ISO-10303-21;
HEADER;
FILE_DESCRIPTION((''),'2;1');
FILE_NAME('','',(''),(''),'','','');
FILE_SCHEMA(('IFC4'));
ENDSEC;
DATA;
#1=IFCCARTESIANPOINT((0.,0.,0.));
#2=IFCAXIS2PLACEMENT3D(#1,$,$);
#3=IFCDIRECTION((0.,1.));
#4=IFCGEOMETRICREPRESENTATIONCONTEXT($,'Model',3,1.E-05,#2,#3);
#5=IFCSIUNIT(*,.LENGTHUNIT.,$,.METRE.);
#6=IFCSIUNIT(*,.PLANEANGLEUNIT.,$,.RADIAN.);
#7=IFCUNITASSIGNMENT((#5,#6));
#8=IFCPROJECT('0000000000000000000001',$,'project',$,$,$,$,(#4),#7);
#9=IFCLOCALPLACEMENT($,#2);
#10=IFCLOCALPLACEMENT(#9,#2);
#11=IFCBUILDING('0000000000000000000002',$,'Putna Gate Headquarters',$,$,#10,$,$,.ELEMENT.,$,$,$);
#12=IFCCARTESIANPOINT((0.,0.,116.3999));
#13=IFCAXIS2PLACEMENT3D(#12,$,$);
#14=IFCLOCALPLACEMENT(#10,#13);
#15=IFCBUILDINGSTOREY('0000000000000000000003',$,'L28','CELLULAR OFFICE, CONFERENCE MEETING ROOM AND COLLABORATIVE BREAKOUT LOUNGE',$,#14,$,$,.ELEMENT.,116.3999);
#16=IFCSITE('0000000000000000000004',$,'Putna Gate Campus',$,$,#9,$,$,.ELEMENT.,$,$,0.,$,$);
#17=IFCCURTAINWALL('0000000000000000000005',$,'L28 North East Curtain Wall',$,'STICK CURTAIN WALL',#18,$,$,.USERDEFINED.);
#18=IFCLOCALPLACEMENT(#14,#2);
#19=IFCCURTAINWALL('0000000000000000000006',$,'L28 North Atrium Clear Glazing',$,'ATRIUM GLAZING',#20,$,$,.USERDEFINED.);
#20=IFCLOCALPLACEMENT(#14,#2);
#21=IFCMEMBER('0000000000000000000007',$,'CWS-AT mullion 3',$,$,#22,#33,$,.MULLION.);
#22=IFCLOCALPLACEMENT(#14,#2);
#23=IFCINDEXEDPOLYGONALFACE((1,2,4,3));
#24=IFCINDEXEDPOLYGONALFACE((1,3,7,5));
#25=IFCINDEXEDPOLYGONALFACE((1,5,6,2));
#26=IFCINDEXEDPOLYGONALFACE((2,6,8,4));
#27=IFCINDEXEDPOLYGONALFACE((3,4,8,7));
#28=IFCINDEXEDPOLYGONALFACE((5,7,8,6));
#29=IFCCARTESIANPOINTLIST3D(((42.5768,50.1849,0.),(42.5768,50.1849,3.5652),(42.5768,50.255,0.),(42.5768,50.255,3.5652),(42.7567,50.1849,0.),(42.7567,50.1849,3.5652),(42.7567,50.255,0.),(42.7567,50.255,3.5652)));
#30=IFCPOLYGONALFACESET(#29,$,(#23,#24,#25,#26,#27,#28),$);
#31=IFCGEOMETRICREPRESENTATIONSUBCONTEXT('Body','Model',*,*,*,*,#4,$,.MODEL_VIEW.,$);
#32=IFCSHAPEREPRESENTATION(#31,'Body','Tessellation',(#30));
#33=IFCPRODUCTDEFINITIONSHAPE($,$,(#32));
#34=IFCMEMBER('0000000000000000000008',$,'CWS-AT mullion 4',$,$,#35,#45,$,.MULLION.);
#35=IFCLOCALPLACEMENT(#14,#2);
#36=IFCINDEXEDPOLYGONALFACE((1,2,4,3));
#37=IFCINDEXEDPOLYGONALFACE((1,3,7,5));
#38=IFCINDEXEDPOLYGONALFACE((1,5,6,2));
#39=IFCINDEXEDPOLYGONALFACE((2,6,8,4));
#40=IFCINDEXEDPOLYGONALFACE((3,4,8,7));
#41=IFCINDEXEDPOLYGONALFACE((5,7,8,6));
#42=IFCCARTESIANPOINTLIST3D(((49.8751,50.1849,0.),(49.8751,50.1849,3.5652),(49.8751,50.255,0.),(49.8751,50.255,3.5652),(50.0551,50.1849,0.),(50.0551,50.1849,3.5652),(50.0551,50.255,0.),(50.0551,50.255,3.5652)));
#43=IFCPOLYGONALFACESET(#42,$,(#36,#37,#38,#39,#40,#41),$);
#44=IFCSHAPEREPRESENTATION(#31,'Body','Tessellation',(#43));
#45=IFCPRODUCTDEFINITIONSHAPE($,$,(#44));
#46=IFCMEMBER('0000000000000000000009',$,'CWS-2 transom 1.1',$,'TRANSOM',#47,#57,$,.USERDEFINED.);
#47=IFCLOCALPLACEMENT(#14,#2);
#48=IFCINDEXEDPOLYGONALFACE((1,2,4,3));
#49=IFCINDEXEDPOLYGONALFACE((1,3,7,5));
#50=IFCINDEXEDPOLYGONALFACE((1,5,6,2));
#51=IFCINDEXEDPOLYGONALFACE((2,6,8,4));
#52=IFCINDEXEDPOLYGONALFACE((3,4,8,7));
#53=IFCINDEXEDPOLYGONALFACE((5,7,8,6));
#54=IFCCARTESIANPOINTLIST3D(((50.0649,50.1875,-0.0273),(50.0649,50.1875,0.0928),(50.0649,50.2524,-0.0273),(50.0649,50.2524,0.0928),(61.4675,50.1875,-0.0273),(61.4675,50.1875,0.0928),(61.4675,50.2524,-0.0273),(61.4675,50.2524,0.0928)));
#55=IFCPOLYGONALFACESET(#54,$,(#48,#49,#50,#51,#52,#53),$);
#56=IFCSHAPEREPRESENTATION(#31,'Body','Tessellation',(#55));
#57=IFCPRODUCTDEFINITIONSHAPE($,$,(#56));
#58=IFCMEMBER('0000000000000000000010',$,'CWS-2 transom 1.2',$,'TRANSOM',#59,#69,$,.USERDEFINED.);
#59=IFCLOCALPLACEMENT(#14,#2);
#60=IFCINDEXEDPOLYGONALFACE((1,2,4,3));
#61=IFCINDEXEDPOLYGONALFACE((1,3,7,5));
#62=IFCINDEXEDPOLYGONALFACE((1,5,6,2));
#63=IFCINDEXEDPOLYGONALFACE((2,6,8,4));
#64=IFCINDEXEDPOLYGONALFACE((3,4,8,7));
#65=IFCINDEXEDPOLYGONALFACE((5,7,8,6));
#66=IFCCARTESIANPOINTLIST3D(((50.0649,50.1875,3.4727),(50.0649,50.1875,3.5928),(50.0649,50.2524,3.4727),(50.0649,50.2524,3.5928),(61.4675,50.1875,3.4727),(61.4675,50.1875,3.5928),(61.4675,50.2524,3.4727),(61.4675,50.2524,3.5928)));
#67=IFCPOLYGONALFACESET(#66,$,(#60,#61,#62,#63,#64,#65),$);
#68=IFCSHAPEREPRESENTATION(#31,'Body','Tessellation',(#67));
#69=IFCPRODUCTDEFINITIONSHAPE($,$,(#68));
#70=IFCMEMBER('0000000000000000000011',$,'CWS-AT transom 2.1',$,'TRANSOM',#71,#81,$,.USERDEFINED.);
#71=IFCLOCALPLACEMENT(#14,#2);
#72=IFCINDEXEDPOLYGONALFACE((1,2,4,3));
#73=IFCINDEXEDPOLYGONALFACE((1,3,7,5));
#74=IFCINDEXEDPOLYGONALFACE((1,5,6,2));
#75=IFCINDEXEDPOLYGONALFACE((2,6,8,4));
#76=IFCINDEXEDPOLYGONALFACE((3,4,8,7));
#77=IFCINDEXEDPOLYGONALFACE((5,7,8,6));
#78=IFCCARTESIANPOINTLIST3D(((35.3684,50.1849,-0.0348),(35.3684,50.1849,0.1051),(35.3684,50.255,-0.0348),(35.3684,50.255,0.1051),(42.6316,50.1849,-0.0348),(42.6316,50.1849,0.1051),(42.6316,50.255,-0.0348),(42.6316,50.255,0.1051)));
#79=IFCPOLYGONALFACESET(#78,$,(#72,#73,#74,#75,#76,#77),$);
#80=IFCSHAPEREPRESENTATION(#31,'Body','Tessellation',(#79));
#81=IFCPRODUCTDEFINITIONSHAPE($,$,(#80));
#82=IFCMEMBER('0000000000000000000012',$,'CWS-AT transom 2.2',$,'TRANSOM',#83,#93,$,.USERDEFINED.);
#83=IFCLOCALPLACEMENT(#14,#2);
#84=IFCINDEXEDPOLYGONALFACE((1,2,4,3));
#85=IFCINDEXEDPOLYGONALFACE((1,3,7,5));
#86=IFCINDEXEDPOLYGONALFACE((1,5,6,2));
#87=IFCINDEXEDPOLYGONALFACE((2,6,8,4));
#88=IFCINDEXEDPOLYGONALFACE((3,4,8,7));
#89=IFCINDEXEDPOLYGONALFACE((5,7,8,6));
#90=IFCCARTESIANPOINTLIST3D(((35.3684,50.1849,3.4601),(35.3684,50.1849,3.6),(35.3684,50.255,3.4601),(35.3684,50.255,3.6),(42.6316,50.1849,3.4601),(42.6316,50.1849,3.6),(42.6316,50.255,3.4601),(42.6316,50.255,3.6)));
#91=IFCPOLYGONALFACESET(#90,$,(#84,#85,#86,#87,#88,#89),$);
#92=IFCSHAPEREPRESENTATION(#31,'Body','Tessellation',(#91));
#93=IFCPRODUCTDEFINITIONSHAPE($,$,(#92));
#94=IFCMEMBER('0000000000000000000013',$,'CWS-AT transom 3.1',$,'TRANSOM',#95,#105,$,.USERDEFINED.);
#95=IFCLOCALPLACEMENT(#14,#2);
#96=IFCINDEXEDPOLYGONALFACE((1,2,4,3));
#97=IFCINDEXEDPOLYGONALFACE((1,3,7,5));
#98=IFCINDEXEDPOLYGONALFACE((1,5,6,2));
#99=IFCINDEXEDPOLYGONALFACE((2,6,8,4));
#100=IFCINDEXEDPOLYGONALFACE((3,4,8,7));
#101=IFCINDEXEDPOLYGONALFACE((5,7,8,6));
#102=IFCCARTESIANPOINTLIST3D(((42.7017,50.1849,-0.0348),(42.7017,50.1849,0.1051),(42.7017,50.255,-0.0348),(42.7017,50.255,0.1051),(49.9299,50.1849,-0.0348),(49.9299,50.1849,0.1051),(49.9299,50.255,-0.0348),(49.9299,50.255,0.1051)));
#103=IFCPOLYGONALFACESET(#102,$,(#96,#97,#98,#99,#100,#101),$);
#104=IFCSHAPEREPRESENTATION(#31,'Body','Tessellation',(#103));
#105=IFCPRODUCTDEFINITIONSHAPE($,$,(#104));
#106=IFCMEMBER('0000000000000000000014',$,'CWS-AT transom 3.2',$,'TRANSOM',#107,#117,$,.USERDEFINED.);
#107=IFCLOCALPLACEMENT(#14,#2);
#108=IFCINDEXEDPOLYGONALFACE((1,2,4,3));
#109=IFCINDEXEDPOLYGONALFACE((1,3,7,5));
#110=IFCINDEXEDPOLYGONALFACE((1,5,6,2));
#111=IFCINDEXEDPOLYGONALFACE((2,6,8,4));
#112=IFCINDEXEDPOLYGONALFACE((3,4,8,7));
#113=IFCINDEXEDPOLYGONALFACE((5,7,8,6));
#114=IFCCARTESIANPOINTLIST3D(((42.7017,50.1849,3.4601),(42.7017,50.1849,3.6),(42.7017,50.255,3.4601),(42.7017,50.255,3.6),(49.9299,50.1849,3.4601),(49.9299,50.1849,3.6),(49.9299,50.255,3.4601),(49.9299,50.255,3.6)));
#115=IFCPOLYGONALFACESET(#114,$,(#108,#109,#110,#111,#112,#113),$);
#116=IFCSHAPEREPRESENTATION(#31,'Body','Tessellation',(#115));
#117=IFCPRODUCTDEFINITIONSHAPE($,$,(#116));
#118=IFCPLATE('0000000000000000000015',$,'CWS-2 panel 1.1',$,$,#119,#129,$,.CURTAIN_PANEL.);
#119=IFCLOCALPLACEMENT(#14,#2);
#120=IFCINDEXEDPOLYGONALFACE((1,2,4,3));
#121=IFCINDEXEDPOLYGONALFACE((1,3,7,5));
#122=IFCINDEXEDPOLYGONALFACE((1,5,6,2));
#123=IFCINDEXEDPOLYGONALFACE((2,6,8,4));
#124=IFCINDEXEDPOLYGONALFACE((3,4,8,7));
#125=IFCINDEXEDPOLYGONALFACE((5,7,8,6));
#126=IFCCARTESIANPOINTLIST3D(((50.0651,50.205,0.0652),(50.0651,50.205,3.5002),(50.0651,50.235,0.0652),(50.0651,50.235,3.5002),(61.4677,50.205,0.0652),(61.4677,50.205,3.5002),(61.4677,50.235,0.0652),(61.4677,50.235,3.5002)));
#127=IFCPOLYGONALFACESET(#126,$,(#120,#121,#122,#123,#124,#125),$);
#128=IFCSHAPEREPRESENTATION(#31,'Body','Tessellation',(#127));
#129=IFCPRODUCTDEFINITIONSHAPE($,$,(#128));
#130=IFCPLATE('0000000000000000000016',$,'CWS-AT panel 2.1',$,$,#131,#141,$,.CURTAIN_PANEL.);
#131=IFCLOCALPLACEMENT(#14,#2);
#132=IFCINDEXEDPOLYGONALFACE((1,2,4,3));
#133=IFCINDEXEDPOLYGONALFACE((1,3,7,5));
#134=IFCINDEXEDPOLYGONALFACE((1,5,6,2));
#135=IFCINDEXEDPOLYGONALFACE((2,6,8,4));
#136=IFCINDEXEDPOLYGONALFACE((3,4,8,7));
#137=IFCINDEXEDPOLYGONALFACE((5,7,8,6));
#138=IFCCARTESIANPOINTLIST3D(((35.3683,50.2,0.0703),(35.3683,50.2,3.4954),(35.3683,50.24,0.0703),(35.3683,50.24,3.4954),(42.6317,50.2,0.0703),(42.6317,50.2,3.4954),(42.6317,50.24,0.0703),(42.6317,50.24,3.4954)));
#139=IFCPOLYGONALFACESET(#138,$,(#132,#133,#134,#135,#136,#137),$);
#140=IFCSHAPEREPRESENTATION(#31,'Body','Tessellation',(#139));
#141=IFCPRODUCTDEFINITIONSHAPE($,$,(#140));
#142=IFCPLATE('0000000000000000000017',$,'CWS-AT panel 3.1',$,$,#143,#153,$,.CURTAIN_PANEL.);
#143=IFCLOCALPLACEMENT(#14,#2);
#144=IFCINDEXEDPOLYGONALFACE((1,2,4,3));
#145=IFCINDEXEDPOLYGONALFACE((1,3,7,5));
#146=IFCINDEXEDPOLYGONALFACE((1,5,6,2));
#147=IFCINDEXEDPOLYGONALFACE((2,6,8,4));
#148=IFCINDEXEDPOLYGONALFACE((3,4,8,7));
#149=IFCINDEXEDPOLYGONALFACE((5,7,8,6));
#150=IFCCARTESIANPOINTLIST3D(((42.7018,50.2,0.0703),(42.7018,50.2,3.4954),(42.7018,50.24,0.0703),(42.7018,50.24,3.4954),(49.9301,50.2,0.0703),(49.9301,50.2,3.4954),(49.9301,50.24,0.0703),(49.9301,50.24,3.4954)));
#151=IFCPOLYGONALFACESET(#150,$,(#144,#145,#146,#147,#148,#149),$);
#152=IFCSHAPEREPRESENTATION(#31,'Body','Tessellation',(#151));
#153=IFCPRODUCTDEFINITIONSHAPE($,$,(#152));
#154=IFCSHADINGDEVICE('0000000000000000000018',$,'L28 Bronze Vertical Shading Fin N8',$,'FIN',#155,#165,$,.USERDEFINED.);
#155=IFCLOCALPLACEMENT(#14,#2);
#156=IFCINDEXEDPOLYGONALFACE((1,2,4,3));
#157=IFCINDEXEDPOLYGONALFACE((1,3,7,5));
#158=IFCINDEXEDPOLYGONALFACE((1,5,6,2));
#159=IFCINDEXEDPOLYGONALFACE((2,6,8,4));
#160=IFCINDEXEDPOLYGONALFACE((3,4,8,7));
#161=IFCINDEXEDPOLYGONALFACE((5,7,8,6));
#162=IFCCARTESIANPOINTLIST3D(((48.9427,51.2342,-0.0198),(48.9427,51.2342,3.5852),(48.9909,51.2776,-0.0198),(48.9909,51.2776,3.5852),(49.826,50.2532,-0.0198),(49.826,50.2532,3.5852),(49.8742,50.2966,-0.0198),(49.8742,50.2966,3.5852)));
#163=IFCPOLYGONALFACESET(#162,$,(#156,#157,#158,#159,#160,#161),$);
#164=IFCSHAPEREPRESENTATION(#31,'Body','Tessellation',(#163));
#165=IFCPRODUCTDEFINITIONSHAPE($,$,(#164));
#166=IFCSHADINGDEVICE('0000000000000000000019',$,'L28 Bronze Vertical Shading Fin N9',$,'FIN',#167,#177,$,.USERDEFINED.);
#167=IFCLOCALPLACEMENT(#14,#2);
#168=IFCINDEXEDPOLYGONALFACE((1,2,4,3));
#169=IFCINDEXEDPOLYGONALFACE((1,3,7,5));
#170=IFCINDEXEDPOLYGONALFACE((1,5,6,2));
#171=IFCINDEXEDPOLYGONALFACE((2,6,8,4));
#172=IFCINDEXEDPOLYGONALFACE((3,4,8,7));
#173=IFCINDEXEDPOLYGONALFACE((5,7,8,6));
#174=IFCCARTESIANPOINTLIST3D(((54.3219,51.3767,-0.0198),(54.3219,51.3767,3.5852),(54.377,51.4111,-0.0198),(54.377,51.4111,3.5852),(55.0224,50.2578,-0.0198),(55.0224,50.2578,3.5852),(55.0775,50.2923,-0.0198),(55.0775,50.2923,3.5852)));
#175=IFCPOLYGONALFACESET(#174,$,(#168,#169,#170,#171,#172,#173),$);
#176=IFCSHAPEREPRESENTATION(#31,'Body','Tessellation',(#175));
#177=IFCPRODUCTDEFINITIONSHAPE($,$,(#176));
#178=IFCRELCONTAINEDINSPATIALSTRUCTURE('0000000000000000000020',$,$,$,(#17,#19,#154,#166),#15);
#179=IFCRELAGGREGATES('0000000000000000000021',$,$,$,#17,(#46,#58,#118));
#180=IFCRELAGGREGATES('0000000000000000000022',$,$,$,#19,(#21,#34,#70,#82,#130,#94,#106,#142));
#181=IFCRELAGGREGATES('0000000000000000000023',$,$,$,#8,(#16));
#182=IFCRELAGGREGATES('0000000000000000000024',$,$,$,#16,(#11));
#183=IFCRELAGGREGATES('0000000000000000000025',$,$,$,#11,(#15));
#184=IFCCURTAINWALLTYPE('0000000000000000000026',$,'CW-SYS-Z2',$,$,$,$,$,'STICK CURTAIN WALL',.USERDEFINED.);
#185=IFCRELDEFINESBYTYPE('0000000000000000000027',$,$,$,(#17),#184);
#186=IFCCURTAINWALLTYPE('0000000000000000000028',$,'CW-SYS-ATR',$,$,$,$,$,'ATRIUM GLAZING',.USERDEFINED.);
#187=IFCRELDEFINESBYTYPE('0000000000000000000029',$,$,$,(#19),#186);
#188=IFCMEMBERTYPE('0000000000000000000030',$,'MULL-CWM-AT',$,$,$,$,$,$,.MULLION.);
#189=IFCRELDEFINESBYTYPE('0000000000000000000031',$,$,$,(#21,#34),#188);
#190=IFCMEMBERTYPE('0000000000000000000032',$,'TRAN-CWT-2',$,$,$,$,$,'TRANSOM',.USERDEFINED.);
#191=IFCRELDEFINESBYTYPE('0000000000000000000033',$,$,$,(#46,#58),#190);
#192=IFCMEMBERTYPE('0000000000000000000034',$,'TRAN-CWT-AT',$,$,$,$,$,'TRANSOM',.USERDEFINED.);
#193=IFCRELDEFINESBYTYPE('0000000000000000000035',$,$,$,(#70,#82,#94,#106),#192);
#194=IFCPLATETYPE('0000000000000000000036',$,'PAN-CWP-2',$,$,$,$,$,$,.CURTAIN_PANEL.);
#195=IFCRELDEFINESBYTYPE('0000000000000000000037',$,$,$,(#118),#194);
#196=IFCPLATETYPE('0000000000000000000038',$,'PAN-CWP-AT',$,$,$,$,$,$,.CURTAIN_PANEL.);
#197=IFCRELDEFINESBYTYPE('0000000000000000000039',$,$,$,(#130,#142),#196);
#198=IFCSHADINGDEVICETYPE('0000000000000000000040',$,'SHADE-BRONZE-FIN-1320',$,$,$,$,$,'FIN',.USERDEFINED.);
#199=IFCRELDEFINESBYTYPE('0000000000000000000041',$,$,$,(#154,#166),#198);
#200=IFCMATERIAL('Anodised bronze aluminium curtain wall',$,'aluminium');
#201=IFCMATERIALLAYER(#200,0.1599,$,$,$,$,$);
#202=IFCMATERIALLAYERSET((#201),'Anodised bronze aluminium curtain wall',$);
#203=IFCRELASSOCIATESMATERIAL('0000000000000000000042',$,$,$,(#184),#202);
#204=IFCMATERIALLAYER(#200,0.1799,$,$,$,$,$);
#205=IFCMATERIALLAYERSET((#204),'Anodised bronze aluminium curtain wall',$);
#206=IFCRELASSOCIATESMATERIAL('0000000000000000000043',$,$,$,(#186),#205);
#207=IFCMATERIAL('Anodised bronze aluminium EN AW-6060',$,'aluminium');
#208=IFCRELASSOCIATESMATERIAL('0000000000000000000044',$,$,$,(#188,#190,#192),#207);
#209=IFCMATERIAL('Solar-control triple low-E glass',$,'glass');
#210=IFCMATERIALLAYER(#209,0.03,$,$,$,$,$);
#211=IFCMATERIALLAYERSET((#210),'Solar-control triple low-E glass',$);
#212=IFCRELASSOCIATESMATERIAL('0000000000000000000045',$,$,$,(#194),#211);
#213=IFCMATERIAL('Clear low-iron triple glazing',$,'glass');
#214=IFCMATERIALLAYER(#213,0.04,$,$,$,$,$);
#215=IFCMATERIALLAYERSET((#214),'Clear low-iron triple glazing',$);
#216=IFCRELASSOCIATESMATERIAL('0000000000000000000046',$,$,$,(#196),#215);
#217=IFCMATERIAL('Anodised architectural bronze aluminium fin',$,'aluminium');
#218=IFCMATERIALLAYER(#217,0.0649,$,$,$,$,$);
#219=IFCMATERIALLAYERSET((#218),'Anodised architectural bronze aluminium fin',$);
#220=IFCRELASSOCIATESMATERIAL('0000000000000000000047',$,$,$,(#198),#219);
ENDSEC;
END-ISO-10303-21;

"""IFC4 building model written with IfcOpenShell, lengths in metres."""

from ifc_helpers import new_model, si_unit, direction, frame, origin, origin_2d, place, context, subcontext, project, spatial, rectangle, extrude, material, layer, layer_set, material_profile, profile_set, type_object, element, aggregate, save


model = new_model("IFC4")

# Units and contexts
model_context = context("Model", 3, precision=1e-05, world=origin(), true_north=direction((0.0, 1.0)))
body_context = subcontext(model_context, "Body", "Model", "MODEL_VIEW")
ifc_project = project(units=[si_unit("LENGTHUNIT", "METRE"), si_unit("PLANEANGLEUNIT", "RADIAN")], contexts=[model_context])

# Site, building, storey
site_placement = place(None, origin())
site = spatial("IfcSite", under=ifc_project, at=site_placement, Name="Putna Gate Campus", CompositionType="ELEMENT", RefElevation=0.0)
building_placement = place(site_placement, origin())
building = spatial("IfcBuilding", under=site, at=building_placement, Name="Putna Gate Headquarters", CompositionType="ELEMENT")
storey_placement = place(building_placement, frame((0.0, 0.0, 116.3999)))
storey = spatial("IfcBuildingStorey", under=building, at=storey_placement, Name="L28", Description="CELLULAR OFFICE, CONFERENCE MEETING ROOM AND COLLABORATIVE BREAKOUT LOUNGE", CompositionType="ELEMENT", Elevation=116.3999)

# Curtain wall
ifc_material_1 = material(Name="Anodised bronze aluminium curtain wall", Category="aluminium")
ifc_layer_1 = layer(ifc_material_1, 0.1599)
ifc_layer_set_1 = layer_set([ifc_layer_1], Name="Anodised bronze aluminium curtain wall")
curtain_wall_type_1 = type_object("IfcCurtainWallType", Name="CW-SYS-Z2", ElementType="STICK CURTAIN WALL", PredefinedType="USERDEFINED", material=ifc_layer_set_1)
curtain_wall_1_placement = place(storey_placement, origin())
curtain_wall_1 = element("IfcCurtainWall", 1, at=curtain_wall_1_placement, inside=storey, type_object=curtain_wall_type_1, Name="L28 North East Curtain Wall", ObjectType="STICK CURTAIN WALL", PredefinedType="USERDEFINED")
ifc_material_2 = material(Name="Anodised bronze aluminium EN AW-6060", Category="aluminium")

# Curtain wall, members
ifc_layer_2 = layer(ifc_material_1, 0.1799)
ifc_layer_set_2 = layer_set([ifc_layer_2], Name="Anodised bronze aluminium curtain wall")
curtain_wall_type_2 = type_object("IfcCurtainWallType", Name="CW-SYS-ATR", ElementType="ATRIUM GLAZING", PredefinedType="USERDEFINED", material=ifc_layer_set_2)
curtain_wall_2_placement = place(storey_placement, origin())
curtain_wall_2 = element("IfcCurtainWall", 2, at=curtain_wall_2_placement, inside=storey, type_object=curtain_wall_type_2, Name="L28 North Atrium Clear Glazing", ObjectType="ATRIUM GLAZING", PredefinedType="USERDEFINED")
ifc_material_profile_1 = material_profile(ifc_material_2, rectangle(XDim=0.0701, YDim=0.1799, at=origin_2d()), Name="Anodised bronze aluminium EN AW-6060")
ifc_profile_set_1 = profile_set([ifc_material_profile_1], Name="Anodised bronze aluminium EN AW-6060")
member_type_1 = type_object("IfcMemberType", Name="MULL-CWM-AT", PredefinedType="MULLION", material=ifc_profile_set_1)
member_1_placement = place(storey_placement, frame((42.6667, 50.22, 0.0), z_axis=(0.0, 0.0, 1.0), x_axis=(0.0, 1.0, 0.0)))
member_1 = element("IfcMember", 3, at=member_1_placement, type_object=member_type_1, Name="CWS-AT mullion 3", PredefinedType="MULLION", context=body_context, shape_type="SweptSolid", body=[
    extrude(rectangle(XDim=0.0701, YDim=0.1799, at=origin_2d()), origin(), (0.0, 0.0, 1.0), 3.5652),
])
member_2_placement = place(storey_placement, frame((49.9651, 50.22, 0.0), z_axis=(0.0, 0.0, 1.0), x_axis=(0.0, 1.0, 0.0)))
member_2 = element("IfcMember", 4, at=member_2_placement, type_object=member_type_1, Name="CWS-AT mullion 4", PredefinedType="MULLION", context=body_context, shape_type="SweptSolid", body=[
    extrude(rectangle(XDim=0.0701, YDim=0.1799, at=origin_2d()), origin(), (0.0, 0.0, 1.0), 3.5652),
])

# Members
ifc_material_profile_2 = material_profile(ifc_material_2, rectangle(XDim=0.0649, YDim=0.1201, at=origin_2d()), Name="Anodised bronze aluminium EN AW-6060")
ifc_profile_set_2 = profile_set([ifc_material_profile_2], Name="Anodised bronze aluminium EN AW-6060")
member_type_2 = type_object("IfcMemberType", Name="TRAN-CWT-2", ElementType="TRANSOM", PredefinedType="USERDEFINED", material=ifc_profile_set_2)
member_3_placement = place(storey_placement, frame((50.0649, 50.22, 0.0327), z_axis=(1.0, 0.0, 0.0), x_axis=(0.0, 1.0, 0.0)))
member_3 = element("IfcMember", 5, at=member_3_placement, type_object=member_type_2, Name="CWS-2 transom 1.1", ObjectType="TRANSOM", PredefinedType="USERDEFINED", context=body_context, shape_type="SweptSolid", body=[
    extrude(rectangle(XDim=0.0649, YDim=0.1201, at=origin_2d()), origin(), (0.0, 0.0, 1.0), 11.4026),
])
member_4_placement = place(storey_placement, frame((50.0649, 50.22, 3.5327), z_axis=(1.0, 0.0, 0.0), x_axis=(0.0, 1.0, 0.0)))
member_4 = element("IfcMember", 6, at=member_4_placement, type_object=member_type_2, Name="CWS-2 transom 1.2", ObjectType="TRANSOM", PredefinedType="USERDEFINED", context=body_context, shape_type="SweptSolid", body=[
    extrude(rectangle(XDim=0.0649, YDim=0.1201, at=origin_2d()), origin(), (0.0, 0.0, 1.0), 11.4026),
])
ifc_material_profile_3 = material_profile(ifc_material_2, rectangle(XDim=0.0701, YDim=0.1399, at=origin_2d()), Name="Anodised bronze aluminium EN AW-6060")
ifc_profile_set_3 = profile_set([ifc_material_profile_3], Name="Anodised bronze aluminium EN AW-6060")
member_type_3 = type_object("IfcMemberType", Name="TRAN-CWT-AT", ElementType="TRANSOM", PredefinedType="USERDEFINED", material=ifc_profile_set_3)
member_5_placement = place(storey_placement, frame((35.3684, 50.22, 0.0352), z_axis=(1.0, 0.0, 0.0), x_axis=(0.0, 1.0, 0.0)))
member_5 = element("IfcMember", 7, at=member_5_placement, type_object=member_type_3, Name="CWS-AT transom 2.1", ObjectType="TRANSOM", PredefinedType="USERDEFINED", context=body_context, shape_type="SweptSolid", body=[
    extrude(rectangle(XDim=0.0701, YDim=0.1399, at=origin_2d()), origin(), (0.0, 0.0, 1.0), 7.2632),
])
member_6_placement = place(storey_placement, frame((35.3684, 50.22, 3.53), z_axis=(1.0, 0.0, 0.0), x_axis=(0.0, 1.0, 0.0)))
member_6 = element("IfcMember", 8, at=member_6_placement, type_object=member_type_3, Name="CWS-AT transom 2.2", ObjectType="TRANSOM", PredefinedType="USERDEFINED", context=body_context, shape_type="SweptSolid", body=[
    extrude(rectangle(XDim=0.0701, YDim=0.1399, at=origin_2d()), origin(), (0.0, 0.0, 1.0), 7.2632),
])
member_7_placement = place(storey_placement, frame((42.7017, 50.22, 0.0352), z_axis=(1.0, 0.0, 0.0), x_axis=(0.0, 1.0, 0.0)))
member_7 = element("IfcMember", 9, at=member_7_placement, type_object=member_type_3, Name="CWS-AT transom 3.1", ObjectType="TRANSOM", PredefinedType="USERDEFINED", context=body_context, shape_type="SweptSolid", body=[
    extrude(rectangle(XDim=0.0701, YDim=0.1399, at=origin_2d()), origin(), (0.0, 0.0, 1.0), 7.2283),
])
member_8_placement = place(storey_placement, frame((42.7017, 50.22, 3.53), z_axis=(1.0, 0.0, 0.0), x_axis=(0.0, 1.0, 0.0)))
member_8 = element("IfcMember", 10, at=member_8_placement, type_object=member_type_3, Name="CWS-AT transom 3.2", ObjectType="TRANSOM", PredefinedType="USERDEFINED", context=body_context, shape_type="SweptSolid", body=[
    extrude(rectangle(XDim=0.0701, YDim=0.1399, at=origin_2d()), origin(), (0.0, 0.0, 1.0), 7.2283),
])

# Plates
ifc_material_3 = material(Name="Solar-control triple low-E glass", Category="glass")
ifc_layer_3 = layer(ifc_material_3, 0.03)
ifc_layer_set_3 = layer_set([ifc_layer_3], Name="Solar-control triple low-E glass")
plate_type_1 = type_object("IfcPlateType", Name="PAN-CWP-2", PredefinedType="CURTAIN_PANEL", material=ifc_layer_set_3)
plate_1_placement = place(storey_placement, frame((55.7664, 50.22, 0.0652), z_axis=(0.0, 0.0, 1.0), x_axis=(1.0, 0.0, 0.0)))
plate_1 = element("IfcPlate", 11, at=plate_1_placement, type_object=plate_type_1, Name="CWS-2 panel 1.1", PredefinedType="CURTAIN_PANEL", context=body_context, shape_type="SweptSolid", body=[
    extrude(rectangle(XDim=11.4026, YDim=0.03, at=origin_2d()), origin(), (0.0, 0.0, 1.0), 3.4351),
])
aggregate(curtain_wall_1, [member_3, member_4, plate_1])
ifc_material_4 = material(Name="Clear low-iron triple glazing", Category="glass")
ifc_layer_4 = layer(ifc_material_4, 0.04)
ifc_layer_set_4 = layer_set([ifc_layer_4], Name="Clear low-iron triple glazing")
plate_type_2 = type_object("IfcPlateType", Name="PAN-CWP-AT", PredefinedType="CURTAIN_PANEL", material=ifc_layer_set_4)
plate_2_placement = place(storey_placement, frame((39.0, 50.22, 0.0703), z_axis=(0.0, 0.0, 1.0), x_axis=(1.0, 0.0, 0.0)))
plate_2 = element("IfcPlate", 12, at=plate_2_placement, type_object=plate_type_2, Name="CWS-AT panel 2.1", PredefinedType="CURTAIN_PANEL", context=body_context, shape_type="SweptSolid", body=[
    extrude(rectangle(XDim=7.2634, YDim=0.04, at=origin_2d()), origin(), (0.0, 0.0, 1.0), 3.425),
])
plate_3_placement = place(storey_placement, frame((46.3159, 50.22, 0.0703), z_axis=(0.0, 0.0, 1.0), x_axis=(1.0, 0.0, 0.0)))
plate_3 = element("IfcPlate", 13, at=plate_3_placement, type_object=plate_type_2, Name="CWS-AT panel 3.1", PredefinedType="CURTAIN_PANEL", context=body_context, shape_type="SweptSolid", body=[
    extrude(rectangle(XDim=7.2283, YDim=0.04, at=origin_2d()), origin(), (0.0, 0.0, 1.0), 3.425),
])
aggregate(curtain_wall_2, [member_1, member_2, member_5, member_6, plate_2, member_7, member_8, plate_3])

# Shading devices
ifc_material_5 = material(Name="Anodised architectural bronze aluminium fin", Category="aluminium")
ifc_layer_5 = layer(ifc_material_5, 0.0649)
ifc_layer_set_5 = layer_set([ifc_layer_5], Name="Anodised architectural bronze aluminium fin")
shading_device_type = type_object("IfcShadingDeviceType", Name="SHADE-BRONZE-FIN-1320", ElementType="FIN", PredefinedType="USERDEFINED", material=ifc_layer_set_5)
for number, where, z_axis, x_axis, name in (
    (14, (49.4084, 50.7654, -0.0198), (0.0, 0.0, 1.0), (-0.669131, 0.743145, 0.0), "L28 Bronze Vertical Shading Fin N8"),
    (15, (54.6997, 50.8345, -0.0198), (0.0, 0.0, 1.0), (-0.530659, 0.847585, 0.0), "L28 Bronze Vertical Shading Fin N9"),
):
    element("IfcShadingDevice", number, at=place(storey_placement, frame(where, z_axis=z_axis, x_axis=x_axis)), inside=storey, type_object=shading_device_type, Name=name, ObjectType="FIN", PredefinedType="USERDEFINED", context=body_context, shape_type="SweptSolid", body=[
        extrude(rectangle(XDim=1.3201, YDim=0.0649, at=origin_2d()), origin(), (0.0, 0.0, 1.0), 3.605),
    ])

save(model, "model.ifc")
